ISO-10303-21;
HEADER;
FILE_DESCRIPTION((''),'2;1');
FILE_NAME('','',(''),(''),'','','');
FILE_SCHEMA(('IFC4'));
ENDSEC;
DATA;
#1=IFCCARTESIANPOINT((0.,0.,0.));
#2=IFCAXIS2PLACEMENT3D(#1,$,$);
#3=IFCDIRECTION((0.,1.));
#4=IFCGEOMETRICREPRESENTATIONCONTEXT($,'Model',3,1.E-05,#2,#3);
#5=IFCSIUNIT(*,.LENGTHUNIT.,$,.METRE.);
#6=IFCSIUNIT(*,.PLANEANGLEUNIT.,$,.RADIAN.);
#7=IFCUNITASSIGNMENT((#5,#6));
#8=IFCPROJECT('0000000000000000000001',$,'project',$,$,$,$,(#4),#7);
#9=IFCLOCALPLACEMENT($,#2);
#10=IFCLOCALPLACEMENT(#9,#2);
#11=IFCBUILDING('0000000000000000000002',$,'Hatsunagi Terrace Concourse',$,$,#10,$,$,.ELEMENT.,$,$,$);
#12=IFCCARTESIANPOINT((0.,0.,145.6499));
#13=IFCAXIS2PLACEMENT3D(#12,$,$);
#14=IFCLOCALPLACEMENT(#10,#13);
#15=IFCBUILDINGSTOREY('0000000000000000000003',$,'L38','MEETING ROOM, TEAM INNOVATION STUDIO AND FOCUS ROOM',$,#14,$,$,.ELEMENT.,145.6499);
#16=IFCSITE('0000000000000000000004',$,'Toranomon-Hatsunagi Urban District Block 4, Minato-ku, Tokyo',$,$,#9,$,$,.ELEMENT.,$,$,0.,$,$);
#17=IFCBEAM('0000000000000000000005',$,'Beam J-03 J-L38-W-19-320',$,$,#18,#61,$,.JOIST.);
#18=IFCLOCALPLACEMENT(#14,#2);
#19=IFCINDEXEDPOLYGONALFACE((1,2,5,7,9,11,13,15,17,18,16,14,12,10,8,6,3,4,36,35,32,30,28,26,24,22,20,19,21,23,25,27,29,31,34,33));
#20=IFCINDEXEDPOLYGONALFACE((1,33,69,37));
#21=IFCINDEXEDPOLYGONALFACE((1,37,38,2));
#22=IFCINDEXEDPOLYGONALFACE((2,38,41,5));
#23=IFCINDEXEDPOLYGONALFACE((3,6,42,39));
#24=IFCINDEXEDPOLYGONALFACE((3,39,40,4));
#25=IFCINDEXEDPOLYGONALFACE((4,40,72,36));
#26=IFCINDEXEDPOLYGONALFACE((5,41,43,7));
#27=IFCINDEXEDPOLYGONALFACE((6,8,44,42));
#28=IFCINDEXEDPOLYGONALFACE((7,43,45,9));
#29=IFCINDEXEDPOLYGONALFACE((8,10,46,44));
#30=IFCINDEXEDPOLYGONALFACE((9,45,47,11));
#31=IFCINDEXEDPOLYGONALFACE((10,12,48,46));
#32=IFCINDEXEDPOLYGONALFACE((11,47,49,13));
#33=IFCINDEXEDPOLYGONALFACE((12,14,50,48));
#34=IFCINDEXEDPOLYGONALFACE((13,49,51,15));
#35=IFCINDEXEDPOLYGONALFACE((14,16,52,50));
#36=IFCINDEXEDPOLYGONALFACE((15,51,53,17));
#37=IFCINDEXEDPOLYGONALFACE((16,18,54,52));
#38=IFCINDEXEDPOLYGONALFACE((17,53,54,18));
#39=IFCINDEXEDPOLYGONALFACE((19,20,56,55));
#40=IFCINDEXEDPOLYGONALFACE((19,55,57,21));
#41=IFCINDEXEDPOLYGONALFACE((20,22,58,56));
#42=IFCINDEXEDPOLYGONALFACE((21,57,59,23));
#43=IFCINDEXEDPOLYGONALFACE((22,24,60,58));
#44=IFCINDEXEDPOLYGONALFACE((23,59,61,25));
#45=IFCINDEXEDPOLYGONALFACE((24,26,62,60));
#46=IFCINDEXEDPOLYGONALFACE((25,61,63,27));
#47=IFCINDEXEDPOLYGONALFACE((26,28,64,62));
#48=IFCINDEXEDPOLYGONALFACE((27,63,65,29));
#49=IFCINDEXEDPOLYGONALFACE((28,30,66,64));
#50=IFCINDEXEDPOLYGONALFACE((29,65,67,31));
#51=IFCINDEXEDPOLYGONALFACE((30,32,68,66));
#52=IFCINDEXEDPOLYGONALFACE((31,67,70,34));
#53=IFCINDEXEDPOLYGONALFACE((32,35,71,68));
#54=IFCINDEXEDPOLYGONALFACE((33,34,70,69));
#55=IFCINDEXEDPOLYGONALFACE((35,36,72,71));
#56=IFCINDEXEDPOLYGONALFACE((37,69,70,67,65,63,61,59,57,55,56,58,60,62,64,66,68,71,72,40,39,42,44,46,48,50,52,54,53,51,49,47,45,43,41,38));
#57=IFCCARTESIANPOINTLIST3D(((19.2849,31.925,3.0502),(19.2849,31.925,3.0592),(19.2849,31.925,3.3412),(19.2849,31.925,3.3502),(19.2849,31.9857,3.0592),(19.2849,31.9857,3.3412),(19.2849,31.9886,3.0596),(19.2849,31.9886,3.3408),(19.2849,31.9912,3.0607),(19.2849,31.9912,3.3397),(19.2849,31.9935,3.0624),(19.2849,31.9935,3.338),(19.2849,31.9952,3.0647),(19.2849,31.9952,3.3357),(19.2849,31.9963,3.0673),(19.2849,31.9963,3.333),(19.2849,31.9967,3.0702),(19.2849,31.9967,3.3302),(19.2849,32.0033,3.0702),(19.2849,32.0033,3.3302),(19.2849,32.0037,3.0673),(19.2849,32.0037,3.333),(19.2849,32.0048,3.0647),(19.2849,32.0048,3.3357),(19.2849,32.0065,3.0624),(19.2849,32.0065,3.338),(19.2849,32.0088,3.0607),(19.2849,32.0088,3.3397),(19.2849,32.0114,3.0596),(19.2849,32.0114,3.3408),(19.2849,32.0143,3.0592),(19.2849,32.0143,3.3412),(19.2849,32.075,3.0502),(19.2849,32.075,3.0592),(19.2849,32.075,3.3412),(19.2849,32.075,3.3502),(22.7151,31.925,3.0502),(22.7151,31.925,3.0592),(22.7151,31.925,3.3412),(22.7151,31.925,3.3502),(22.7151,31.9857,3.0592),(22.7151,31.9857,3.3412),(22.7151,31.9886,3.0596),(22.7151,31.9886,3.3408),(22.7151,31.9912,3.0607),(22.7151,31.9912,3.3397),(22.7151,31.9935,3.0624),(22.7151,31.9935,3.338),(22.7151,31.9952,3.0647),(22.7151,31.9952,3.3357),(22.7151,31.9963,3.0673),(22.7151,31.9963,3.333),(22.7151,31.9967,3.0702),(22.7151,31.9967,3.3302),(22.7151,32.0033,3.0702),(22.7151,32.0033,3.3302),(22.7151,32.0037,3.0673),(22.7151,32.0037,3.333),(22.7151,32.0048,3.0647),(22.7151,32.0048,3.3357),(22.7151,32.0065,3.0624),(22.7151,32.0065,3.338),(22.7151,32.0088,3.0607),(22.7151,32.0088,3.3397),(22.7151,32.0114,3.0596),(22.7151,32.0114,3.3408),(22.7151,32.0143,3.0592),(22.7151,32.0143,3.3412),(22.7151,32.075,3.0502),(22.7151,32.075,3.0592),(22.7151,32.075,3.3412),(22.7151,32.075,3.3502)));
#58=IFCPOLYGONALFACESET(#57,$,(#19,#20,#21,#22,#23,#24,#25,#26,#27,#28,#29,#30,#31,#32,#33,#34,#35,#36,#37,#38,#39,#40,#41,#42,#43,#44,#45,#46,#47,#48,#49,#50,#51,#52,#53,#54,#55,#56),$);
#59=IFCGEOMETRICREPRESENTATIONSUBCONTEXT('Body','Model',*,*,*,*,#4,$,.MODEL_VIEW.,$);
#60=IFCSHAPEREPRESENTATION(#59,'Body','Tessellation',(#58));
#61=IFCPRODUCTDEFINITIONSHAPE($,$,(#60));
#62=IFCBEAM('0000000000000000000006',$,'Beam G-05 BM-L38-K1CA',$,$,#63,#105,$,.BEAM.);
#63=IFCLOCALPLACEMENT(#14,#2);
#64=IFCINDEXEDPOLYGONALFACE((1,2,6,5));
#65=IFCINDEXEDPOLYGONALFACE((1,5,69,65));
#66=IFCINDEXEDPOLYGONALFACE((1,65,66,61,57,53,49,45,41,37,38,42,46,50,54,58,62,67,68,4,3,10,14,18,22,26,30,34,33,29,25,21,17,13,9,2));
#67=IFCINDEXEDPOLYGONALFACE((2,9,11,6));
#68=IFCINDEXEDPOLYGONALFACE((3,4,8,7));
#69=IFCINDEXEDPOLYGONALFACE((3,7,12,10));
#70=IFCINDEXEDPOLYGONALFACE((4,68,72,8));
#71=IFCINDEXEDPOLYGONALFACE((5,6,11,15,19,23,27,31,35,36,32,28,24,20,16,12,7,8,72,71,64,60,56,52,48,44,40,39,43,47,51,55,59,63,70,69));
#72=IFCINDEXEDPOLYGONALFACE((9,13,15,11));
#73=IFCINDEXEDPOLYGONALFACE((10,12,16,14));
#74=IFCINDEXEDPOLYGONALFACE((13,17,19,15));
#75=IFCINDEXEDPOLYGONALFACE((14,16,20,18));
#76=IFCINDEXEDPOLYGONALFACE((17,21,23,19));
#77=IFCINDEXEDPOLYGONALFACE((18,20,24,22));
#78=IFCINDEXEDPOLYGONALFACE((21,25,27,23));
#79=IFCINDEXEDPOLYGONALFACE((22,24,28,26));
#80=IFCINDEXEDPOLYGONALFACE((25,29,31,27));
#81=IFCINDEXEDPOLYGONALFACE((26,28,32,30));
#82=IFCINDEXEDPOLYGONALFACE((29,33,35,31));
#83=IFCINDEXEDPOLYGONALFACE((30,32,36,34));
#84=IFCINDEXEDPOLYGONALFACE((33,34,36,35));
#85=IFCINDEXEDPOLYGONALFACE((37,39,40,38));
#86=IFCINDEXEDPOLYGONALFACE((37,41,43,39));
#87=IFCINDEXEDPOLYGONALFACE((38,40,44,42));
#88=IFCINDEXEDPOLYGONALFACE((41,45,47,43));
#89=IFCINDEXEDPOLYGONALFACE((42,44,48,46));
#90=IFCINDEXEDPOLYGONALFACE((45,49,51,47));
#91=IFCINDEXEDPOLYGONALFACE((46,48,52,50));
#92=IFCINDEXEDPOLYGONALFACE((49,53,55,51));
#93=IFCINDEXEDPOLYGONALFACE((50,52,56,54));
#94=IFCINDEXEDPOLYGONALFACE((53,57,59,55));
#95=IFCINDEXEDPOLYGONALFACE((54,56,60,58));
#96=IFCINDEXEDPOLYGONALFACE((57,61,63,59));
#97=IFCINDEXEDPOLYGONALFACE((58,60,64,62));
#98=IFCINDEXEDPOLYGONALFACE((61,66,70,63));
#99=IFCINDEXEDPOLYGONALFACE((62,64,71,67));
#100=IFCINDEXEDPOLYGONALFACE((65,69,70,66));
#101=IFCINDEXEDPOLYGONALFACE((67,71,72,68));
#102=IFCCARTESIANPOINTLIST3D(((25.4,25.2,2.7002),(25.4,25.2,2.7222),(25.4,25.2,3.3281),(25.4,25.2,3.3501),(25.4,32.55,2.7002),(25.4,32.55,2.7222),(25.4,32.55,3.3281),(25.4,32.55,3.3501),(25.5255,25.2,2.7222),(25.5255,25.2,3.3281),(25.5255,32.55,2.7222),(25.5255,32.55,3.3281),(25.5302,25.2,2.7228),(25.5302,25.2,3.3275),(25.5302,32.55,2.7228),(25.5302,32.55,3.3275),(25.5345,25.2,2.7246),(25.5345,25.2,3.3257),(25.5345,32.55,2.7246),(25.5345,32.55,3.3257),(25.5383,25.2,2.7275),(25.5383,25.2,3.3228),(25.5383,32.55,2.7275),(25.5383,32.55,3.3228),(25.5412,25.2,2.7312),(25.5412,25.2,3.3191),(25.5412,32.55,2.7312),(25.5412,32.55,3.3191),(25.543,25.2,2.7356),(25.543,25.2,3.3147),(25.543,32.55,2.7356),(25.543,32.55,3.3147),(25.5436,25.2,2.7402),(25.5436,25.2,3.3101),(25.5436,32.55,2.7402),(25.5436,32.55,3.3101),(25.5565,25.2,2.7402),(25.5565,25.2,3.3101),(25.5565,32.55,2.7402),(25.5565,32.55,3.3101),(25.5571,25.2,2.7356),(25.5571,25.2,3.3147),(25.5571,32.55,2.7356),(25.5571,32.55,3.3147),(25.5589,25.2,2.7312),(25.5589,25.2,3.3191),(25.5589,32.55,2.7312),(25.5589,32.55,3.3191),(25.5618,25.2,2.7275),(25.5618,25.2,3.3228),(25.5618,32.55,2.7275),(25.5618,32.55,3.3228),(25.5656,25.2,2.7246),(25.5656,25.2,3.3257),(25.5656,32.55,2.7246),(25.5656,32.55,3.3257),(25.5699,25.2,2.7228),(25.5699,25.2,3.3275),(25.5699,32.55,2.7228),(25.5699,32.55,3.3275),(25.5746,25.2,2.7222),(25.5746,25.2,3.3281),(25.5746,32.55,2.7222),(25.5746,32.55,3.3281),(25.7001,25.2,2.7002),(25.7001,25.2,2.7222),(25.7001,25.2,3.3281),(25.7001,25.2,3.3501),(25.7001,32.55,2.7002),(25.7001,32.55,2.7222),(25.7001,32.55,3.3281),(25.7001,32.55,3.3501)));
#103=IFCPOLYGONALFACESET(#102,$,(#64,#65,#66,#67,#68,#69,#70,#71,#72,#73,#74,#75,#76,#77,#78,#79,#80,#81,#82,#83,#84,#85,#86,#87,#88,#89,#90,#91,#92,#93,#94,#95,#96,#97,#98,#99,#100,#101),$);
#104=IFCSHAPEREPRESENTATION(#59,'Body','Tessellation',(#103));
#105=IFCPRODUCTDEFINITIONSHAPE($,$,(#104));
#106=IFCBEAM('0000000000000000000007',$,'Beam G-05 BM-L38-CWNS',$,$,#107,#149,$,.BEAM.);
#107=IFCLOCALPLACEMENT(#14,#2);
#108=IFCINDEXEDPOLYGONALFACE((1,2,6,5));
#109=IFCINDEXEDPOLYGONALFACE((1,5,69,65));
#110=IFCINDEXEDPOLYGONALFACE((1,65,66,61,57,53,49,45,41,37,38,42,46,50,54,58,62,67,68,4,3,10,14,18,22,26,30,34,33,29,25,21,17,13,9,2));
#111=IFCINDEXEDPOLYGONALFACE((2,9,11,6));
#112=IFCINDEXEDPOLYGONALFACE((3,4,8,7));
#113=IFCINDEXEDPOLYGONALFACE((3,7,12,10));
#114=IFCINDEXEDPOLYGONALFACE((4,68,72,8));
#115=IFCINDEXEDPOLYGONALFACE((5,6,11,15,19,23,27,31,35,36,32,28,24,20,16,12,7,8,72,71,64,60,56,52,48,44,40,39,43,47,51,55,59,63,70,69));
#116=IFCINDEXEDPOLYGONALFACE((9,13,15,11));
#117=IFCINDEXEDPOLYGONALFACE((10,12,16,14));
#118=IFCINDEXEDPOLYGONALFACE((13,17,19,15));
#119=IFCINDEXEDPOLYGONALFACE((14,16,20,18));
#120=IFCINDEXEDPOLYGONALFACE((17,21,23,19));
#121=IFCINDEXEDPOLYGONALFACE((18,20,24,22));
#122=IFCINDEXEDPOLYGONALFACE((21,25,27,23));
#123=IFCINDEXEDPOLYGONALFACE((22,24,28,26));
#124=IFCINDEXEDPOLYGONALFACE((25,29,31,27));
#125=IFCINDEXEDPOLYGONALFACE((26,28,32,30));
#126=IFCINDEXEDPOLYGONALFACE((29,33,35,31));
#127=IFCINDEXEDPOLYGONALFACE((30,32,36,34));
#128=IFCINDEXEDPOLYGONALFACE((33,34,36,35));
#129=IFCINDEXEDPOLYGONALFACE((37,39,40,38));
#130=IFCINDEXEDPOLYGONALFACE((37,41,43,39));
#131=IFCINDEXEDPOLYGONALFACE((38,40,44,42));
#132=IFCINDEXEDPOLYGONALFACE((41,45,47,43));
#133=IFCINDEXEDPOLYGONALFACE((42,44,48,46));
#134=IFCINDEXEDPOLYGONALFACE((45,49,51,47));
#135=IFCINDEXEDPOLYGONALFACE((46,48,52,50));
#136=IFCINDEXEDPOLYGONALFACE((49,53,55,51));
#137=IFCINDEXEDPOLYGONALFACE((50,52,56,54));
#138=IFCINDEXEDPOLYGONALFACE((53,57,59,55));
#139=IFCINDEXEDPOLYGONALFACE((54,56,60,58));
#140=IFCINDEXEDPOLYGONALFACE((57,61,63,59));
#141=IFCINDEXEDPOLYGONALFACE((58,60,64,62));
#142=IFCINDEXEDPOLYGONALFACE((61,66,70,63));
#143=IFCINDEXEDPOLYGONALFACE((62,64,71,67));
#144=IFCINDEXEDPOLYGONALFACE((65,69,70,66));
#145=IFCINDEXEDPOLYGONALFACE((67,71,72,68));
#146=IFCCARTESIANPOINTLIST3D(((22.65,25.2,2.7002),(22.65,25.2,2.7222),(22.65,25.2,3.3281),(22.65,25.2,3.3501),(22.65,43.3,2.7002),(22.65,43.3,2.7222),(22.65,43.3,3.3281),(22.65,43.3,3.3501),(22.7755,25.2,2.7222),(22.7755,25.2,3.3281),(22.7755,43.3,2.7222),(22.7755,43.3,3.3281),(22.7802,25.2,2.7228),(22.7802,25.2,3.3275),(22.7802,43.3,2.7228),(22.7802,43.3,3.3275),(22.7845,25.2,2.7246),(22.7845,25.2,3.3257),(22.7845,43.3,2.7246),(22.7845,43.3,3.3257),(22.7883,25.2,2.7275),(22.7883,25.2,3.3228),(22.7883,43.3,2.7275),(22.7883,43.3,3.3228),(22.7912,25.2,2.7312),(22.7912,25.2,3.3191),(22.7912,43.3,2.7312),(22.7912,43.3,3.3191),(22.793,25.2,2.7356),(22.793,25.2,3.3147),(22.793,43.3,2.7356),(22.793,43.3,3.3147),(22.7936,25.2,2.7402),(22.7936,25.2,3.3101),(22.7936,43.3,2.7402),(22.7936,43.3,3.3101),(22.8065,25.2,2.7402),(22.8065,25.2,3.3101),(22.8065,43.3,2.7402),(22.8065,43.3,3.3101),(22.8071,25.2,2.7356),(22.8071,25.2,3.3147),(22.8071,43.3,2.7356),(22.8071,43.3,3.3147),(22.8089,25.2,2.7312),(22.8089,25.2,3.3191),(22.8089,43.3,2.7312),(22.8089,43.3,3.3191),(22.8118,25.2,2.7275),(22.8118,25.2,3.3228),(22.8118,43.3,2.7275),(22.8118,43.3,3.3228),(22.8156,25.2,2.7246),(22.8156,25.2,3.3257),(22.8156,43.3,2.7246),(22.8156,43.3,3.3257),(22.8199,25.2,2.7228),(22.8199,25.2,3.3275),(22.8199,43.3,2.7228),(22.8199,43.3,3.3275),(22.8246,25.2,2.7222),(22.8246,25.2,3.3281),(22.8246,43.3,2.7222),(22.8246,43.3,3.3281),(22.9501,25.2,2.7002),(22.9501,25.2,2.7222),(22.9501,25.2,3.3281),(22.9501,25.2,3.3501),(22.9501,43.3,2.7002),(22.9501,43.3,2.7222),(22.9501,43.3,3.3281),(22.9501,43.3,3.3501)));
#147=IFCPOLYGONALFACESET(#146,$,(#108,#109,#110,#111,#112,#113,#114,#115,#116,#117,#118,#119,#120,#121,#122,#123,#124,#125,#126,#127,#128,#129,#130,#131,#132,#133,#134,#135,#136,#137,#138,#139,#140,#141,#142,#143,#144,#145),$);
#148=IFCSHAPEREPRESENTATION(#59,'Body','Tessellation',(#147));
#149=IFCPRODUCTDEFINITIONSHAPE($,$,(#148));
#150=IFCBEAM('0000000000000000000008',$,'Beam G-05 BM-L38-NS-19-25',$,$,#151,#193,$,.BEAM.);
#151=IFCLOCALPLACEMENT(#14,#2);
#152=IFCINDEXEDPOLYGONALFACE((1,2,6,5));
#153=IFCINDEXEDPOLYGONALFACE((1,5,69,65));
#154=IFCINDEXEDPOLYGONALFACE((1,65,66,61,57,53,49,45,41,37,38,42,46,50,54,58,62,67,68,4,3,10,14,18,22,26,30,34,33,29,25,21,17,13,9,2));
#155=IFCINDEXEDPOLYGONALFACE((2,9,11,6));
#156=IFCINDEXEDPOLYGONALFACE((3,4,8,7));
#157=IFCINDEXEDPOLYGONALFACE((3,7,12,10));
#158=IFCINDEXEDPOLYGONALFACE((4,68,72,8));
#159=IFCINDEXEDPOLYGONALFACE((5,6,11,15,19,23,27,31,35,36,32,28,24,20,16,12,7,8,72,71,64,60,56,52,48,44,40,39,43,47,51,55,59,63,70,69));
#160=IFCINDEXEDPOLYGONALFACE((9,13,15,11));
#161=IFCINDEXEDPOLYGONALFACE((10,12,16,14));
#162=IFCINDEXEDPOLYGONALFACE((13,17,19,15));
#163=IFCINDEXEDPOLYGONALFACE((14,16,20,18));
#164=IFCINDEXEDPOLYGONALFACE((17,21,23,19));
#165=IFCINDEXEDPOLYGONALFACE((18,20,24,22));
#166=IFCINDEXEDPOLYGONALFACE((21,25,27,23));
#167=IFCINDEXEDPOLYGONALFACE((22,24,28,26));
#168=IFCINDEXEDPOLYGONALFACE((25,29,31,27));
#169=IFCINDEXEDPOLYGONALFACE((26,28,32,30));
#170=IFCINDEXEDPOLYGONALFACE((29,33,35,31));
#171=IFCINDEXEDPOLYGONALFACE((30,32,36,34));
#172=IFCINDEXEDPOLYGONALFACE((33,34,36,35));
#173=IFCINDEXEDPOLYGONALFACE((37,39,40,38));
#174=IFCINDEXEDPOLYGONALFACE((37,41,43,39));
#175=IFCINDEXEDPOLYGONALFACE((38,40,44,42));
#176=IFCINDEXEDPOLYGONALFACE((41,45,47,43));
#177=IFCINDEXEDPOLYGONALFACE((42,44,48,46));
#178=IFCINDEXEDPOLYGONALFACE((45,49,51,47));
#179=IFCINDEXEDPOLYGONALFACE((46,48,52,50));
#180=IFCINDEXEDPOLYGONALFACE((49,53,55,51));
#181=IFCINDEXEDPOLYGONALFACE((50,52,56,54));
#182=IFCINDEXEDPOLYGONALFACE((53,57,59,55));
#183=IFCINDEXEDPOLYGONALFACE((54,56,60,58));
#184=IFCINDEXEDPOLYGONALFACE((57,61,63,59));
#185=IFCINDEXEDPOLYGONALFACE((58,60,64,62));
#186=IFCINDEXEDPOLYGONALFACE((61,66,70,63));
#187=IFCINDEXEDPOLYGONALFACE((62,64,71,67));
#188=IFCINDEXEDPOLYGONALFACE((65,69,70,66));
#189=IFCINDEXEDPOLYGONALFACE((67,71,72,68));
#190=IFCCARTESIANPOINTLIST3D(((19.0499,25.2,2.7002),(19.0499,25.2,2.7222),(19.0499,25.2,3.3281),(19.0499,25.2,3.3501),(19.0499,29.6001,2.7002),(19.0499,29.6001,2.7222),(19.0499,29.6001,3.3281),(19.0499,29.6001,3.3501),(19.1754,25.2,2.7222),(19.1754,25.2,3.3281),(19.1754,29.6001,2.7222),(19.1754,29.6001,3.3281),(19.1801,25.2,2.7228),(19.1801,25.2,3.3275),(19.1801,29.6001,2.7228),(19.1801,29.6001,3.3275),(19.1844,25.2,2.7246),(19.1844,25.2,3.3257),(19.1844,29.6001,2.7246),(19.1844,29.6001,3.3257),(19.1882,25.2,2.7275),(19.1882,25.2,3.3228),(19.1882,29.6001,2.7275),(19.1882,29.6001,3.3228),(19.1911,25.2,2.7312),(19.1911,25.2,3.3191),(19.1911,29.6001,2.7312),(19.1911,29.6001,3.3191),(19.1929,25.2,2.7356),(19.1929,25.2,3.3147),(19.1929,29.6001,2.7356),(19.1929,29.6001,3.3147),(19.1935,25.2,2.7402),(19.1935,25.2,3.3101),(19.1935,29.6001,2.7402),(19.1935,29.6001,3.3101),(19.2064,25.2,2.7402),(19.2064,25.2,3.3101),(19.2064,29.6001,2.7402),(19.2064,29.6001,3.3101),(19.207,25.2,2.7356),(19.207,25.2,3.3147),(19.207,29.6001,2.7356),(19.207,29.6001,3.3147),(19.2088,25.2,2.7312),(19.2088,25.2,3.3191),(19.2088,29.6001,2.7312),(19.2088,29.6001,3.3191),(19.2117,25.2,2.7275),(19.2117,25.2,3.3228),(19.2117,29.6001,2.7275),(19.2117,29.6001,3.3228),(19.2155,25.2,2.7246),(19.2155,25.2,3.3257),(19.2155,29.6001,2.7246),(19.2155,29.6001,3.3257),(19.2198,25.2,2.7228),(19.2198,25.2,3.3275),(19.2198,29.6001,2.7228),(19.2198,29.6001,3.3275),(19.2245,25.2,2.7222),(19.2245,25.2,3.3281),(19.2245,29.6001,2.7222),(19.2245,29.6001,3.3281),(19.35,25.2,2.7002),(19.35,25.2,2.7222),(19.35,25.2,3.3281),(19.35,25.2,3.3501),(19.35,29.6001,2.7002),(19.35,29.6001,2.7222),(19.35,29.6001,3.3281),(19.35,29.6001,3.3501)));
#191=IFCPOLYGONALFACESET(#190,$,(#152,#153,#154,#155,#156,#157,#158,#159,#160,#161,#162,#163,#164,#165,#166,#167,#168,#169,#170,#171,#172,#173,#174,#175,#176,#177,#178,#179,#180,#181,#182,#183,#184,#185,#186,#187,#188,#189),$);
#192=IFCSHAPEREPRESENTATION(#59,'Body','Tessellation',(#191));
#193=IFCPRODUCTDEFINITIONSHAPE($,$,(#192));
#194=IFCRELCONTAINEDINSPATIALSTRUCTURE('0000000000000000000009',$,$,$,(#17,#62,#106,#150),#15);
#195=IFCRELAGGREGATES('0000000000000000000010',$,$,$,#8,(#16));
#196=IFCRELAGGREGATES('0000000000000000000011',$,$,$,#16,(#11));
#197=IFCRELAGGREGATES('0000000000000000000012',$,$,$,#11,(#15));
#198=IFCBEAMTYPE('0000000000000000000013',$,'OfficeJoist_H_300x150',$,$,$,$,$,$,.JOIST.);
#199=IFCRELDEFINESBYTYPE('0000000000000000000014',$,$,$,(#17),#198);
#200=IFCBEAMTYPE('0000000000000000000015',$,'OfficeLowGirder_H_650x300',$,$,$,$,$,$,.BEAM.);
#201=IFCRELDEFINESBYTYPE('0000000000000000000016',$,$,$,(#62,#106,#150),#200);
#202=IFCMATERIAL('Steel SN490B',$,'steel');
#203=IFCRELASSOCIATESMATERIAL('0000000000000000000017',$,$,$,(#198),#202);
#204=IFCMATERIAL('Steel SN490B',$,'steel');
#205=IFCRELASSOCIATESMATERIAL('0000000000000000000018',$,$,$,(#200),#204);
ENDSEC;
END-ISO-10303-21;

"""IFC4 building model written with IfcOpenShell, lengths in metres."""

from ifc_helpers import new_model, si_unit, direction, frame, origin, origin_2d, place, context, subcontext, project, spatial, i_section, extrude, material, material_profile, profile_set, type_object, element, save


model = new_model("IFC4")

# Units and contexts
model_context = context("Model", 3, precision=1e-05, world=origin(), true_north=direction((0.0, 1.0)))
body_context = subcontext(model_context, "Body", "Model", "MODEL_VIEW")
ifc_project = project(units=[si_unit("LENGTHUNIT", "METRE"), si_unit("PLANEANGLEUNIT", "RADIAN")], contexts=[model_context])

# Site, building, storey
site_placement = place(None, origin())
site = spatial("IfcSite", under=ifc_project, at=site_placement, Name="Toranomon-Hatsunagi Urban District Block 4, Minato-ku, Tokyo", CompositionType="ELEMENT", RefElevation=0.0)
building_placement = place(site_placement, origin())
building = spatial("IfcBuilding", under=site, at=building_placement, Name="Hatsunagi Terrace Concourse", CompositionType="ELEMENT")
storey_placement = place(building_placement, frame((0.0, 0.0, 145.6499)))
storey = spatial("IfcBuildingStorey", under=building, at=storey_placement, Name="L38", Description="MEETING ROOM, TEAM INNOVATION STUDIO AND FOCUS ROOM", CompositionType="ELEMENT", Elevation=145.6499)

# Beams
ifc_material_1 = material(Name="Steel SN490B", Category="steel")
ifc_material_profile_1 = material_profile(ifc_material_1, i_section(OverallWidth=0.1499, OverallDepth=0.3, WebThickness=0.0066, FlangeThickness=0.009, FilletRadius=0.011, at=origin_2d()), Name="H-300x150x6.5x9")
ifc_profile_set_1 = profile_set([ifc_material_profile_1], Name="Steel SN490B")
beam_type_1 = type_object("IfcBeamType", Name="OfficeJoist_H_300x150", PredefinedType="JOIST", material=ifc_profile_set_1)
for number, where, z_axis, x_axis, name in (
    (1, (19.2849, 32.0, 3.2002), (1.0, 0.0, 0.0), (0.0, 1.0, 0.0), "Beam J-03 J-L38-W-19-320"),
):
    element("IfcBeam", number, at=place(storey_placement, frame(where, z_axis=z_axis, x_axis=x_axis)), inside=storey, type_object=beam_type_1, Name=name, PredefinedType="JOIST", context=body_context, shape_type="SweptSolid", body=[
        extrude(i_section(OverallWidth=0.1499, OverallDepth=0.3, WebThickness=0.0066, FlangeThickness=0.009, FilletRadius=0.011, at=origin_2d()), origin(), (0.0, 0.0, 1.0), 3.4302),
    ])
ifc_material_2 = material(Name="Steel SN490B", Category="steel")
ifc_material_profile_2 = material_profile(ifc_material_2, i_section(OverallWidth=0.3, OverallDepth=0.6499, WebThickness=0.0129, FlangeThickness=0.022, FilletRadius=0.0181, at=origin_2d()), Name="H-650x300x13x22")
ifc_profile_set_2 = profile_set([ifc_material_profile_2], Name="Steel SN490B")
beam_type_2 = type_object("IfcBeamType", Name="OfficeLowGirder_H_650x300", PredefinedType="BEAM", material=ifc_profile_set_2)
beam_1_placement = place(storey_placement, frame((25.55, 25.2, 3.0251), z_axis=(0.0, 1.0, 0.0), x_axis=(-1.0, 0.0, 0.0)))
element("IfcBeam", 2, at=beam_1_placement, inside=storey, type_object=beam_type_2, Name="Beam G-05 BM-L38-K1CA", PredefinedType="BEAM", context=body_context, shape_type="SweptSolid", body=[
    extrude(i_section(OverallWidth=0.3, OverallDepth=0.6499, WebThickness=0.0129, FlangeThickness=0.022, FilletRadius=0.0181, at=origin_2d()), origin(), (0.0, 0.0, 1.0), 7.3501),
])
beam_2_placement = place(storey_placement, frame((22.8, 25.2, 3.0251), z_axis=(0.0, 1.0, 0.0), x_axis=(-1.0, 0.0, 0.0)))
element("IfcBeam", 3, at=beam_2_placement, inside=storey, type_object=beam_type_2, Name="Beam G-05 BM-L38-CWNS", PredefinedType="BEAM", context=body_context, shape_type="SweptSolid", body=[
    extrude(i_section(OverallWidth=0.3, OverallDepth=0.6499, WebThickness=0.0129, FlangeThickness=0.022, FilletRadius=0.0181, at=origin_2d()), origin(), (0.0, 0.0, 1.0), 18.1001),
])
beam_3_placement = place(storey_placement, frame((19.2, 25.2, 3.0251), z_axis=(0.0, 1.0, 0.0), x_axis=(-1.0, 0.0, 0.0)))
element("IfcBeam", 4, at=beam_3_placement, inside=storey, type_object=beam_type_2, Name="Beam G-05 BM-L38-NS-19-25", PredefinedType="BEAM", context=body_context, shape_type="SweptSolid", body=[
    extrude(i_section(OverallWidth=0.3, OverallDepth=0.6499, WebThickness=0.0129, FlangeThickness=0.022, FilletRadius=0.0181, at=origin_2d()), origin(), (0.0, 0.0, 1.0), 4.4001),
])

save(model, "model.ifc")
